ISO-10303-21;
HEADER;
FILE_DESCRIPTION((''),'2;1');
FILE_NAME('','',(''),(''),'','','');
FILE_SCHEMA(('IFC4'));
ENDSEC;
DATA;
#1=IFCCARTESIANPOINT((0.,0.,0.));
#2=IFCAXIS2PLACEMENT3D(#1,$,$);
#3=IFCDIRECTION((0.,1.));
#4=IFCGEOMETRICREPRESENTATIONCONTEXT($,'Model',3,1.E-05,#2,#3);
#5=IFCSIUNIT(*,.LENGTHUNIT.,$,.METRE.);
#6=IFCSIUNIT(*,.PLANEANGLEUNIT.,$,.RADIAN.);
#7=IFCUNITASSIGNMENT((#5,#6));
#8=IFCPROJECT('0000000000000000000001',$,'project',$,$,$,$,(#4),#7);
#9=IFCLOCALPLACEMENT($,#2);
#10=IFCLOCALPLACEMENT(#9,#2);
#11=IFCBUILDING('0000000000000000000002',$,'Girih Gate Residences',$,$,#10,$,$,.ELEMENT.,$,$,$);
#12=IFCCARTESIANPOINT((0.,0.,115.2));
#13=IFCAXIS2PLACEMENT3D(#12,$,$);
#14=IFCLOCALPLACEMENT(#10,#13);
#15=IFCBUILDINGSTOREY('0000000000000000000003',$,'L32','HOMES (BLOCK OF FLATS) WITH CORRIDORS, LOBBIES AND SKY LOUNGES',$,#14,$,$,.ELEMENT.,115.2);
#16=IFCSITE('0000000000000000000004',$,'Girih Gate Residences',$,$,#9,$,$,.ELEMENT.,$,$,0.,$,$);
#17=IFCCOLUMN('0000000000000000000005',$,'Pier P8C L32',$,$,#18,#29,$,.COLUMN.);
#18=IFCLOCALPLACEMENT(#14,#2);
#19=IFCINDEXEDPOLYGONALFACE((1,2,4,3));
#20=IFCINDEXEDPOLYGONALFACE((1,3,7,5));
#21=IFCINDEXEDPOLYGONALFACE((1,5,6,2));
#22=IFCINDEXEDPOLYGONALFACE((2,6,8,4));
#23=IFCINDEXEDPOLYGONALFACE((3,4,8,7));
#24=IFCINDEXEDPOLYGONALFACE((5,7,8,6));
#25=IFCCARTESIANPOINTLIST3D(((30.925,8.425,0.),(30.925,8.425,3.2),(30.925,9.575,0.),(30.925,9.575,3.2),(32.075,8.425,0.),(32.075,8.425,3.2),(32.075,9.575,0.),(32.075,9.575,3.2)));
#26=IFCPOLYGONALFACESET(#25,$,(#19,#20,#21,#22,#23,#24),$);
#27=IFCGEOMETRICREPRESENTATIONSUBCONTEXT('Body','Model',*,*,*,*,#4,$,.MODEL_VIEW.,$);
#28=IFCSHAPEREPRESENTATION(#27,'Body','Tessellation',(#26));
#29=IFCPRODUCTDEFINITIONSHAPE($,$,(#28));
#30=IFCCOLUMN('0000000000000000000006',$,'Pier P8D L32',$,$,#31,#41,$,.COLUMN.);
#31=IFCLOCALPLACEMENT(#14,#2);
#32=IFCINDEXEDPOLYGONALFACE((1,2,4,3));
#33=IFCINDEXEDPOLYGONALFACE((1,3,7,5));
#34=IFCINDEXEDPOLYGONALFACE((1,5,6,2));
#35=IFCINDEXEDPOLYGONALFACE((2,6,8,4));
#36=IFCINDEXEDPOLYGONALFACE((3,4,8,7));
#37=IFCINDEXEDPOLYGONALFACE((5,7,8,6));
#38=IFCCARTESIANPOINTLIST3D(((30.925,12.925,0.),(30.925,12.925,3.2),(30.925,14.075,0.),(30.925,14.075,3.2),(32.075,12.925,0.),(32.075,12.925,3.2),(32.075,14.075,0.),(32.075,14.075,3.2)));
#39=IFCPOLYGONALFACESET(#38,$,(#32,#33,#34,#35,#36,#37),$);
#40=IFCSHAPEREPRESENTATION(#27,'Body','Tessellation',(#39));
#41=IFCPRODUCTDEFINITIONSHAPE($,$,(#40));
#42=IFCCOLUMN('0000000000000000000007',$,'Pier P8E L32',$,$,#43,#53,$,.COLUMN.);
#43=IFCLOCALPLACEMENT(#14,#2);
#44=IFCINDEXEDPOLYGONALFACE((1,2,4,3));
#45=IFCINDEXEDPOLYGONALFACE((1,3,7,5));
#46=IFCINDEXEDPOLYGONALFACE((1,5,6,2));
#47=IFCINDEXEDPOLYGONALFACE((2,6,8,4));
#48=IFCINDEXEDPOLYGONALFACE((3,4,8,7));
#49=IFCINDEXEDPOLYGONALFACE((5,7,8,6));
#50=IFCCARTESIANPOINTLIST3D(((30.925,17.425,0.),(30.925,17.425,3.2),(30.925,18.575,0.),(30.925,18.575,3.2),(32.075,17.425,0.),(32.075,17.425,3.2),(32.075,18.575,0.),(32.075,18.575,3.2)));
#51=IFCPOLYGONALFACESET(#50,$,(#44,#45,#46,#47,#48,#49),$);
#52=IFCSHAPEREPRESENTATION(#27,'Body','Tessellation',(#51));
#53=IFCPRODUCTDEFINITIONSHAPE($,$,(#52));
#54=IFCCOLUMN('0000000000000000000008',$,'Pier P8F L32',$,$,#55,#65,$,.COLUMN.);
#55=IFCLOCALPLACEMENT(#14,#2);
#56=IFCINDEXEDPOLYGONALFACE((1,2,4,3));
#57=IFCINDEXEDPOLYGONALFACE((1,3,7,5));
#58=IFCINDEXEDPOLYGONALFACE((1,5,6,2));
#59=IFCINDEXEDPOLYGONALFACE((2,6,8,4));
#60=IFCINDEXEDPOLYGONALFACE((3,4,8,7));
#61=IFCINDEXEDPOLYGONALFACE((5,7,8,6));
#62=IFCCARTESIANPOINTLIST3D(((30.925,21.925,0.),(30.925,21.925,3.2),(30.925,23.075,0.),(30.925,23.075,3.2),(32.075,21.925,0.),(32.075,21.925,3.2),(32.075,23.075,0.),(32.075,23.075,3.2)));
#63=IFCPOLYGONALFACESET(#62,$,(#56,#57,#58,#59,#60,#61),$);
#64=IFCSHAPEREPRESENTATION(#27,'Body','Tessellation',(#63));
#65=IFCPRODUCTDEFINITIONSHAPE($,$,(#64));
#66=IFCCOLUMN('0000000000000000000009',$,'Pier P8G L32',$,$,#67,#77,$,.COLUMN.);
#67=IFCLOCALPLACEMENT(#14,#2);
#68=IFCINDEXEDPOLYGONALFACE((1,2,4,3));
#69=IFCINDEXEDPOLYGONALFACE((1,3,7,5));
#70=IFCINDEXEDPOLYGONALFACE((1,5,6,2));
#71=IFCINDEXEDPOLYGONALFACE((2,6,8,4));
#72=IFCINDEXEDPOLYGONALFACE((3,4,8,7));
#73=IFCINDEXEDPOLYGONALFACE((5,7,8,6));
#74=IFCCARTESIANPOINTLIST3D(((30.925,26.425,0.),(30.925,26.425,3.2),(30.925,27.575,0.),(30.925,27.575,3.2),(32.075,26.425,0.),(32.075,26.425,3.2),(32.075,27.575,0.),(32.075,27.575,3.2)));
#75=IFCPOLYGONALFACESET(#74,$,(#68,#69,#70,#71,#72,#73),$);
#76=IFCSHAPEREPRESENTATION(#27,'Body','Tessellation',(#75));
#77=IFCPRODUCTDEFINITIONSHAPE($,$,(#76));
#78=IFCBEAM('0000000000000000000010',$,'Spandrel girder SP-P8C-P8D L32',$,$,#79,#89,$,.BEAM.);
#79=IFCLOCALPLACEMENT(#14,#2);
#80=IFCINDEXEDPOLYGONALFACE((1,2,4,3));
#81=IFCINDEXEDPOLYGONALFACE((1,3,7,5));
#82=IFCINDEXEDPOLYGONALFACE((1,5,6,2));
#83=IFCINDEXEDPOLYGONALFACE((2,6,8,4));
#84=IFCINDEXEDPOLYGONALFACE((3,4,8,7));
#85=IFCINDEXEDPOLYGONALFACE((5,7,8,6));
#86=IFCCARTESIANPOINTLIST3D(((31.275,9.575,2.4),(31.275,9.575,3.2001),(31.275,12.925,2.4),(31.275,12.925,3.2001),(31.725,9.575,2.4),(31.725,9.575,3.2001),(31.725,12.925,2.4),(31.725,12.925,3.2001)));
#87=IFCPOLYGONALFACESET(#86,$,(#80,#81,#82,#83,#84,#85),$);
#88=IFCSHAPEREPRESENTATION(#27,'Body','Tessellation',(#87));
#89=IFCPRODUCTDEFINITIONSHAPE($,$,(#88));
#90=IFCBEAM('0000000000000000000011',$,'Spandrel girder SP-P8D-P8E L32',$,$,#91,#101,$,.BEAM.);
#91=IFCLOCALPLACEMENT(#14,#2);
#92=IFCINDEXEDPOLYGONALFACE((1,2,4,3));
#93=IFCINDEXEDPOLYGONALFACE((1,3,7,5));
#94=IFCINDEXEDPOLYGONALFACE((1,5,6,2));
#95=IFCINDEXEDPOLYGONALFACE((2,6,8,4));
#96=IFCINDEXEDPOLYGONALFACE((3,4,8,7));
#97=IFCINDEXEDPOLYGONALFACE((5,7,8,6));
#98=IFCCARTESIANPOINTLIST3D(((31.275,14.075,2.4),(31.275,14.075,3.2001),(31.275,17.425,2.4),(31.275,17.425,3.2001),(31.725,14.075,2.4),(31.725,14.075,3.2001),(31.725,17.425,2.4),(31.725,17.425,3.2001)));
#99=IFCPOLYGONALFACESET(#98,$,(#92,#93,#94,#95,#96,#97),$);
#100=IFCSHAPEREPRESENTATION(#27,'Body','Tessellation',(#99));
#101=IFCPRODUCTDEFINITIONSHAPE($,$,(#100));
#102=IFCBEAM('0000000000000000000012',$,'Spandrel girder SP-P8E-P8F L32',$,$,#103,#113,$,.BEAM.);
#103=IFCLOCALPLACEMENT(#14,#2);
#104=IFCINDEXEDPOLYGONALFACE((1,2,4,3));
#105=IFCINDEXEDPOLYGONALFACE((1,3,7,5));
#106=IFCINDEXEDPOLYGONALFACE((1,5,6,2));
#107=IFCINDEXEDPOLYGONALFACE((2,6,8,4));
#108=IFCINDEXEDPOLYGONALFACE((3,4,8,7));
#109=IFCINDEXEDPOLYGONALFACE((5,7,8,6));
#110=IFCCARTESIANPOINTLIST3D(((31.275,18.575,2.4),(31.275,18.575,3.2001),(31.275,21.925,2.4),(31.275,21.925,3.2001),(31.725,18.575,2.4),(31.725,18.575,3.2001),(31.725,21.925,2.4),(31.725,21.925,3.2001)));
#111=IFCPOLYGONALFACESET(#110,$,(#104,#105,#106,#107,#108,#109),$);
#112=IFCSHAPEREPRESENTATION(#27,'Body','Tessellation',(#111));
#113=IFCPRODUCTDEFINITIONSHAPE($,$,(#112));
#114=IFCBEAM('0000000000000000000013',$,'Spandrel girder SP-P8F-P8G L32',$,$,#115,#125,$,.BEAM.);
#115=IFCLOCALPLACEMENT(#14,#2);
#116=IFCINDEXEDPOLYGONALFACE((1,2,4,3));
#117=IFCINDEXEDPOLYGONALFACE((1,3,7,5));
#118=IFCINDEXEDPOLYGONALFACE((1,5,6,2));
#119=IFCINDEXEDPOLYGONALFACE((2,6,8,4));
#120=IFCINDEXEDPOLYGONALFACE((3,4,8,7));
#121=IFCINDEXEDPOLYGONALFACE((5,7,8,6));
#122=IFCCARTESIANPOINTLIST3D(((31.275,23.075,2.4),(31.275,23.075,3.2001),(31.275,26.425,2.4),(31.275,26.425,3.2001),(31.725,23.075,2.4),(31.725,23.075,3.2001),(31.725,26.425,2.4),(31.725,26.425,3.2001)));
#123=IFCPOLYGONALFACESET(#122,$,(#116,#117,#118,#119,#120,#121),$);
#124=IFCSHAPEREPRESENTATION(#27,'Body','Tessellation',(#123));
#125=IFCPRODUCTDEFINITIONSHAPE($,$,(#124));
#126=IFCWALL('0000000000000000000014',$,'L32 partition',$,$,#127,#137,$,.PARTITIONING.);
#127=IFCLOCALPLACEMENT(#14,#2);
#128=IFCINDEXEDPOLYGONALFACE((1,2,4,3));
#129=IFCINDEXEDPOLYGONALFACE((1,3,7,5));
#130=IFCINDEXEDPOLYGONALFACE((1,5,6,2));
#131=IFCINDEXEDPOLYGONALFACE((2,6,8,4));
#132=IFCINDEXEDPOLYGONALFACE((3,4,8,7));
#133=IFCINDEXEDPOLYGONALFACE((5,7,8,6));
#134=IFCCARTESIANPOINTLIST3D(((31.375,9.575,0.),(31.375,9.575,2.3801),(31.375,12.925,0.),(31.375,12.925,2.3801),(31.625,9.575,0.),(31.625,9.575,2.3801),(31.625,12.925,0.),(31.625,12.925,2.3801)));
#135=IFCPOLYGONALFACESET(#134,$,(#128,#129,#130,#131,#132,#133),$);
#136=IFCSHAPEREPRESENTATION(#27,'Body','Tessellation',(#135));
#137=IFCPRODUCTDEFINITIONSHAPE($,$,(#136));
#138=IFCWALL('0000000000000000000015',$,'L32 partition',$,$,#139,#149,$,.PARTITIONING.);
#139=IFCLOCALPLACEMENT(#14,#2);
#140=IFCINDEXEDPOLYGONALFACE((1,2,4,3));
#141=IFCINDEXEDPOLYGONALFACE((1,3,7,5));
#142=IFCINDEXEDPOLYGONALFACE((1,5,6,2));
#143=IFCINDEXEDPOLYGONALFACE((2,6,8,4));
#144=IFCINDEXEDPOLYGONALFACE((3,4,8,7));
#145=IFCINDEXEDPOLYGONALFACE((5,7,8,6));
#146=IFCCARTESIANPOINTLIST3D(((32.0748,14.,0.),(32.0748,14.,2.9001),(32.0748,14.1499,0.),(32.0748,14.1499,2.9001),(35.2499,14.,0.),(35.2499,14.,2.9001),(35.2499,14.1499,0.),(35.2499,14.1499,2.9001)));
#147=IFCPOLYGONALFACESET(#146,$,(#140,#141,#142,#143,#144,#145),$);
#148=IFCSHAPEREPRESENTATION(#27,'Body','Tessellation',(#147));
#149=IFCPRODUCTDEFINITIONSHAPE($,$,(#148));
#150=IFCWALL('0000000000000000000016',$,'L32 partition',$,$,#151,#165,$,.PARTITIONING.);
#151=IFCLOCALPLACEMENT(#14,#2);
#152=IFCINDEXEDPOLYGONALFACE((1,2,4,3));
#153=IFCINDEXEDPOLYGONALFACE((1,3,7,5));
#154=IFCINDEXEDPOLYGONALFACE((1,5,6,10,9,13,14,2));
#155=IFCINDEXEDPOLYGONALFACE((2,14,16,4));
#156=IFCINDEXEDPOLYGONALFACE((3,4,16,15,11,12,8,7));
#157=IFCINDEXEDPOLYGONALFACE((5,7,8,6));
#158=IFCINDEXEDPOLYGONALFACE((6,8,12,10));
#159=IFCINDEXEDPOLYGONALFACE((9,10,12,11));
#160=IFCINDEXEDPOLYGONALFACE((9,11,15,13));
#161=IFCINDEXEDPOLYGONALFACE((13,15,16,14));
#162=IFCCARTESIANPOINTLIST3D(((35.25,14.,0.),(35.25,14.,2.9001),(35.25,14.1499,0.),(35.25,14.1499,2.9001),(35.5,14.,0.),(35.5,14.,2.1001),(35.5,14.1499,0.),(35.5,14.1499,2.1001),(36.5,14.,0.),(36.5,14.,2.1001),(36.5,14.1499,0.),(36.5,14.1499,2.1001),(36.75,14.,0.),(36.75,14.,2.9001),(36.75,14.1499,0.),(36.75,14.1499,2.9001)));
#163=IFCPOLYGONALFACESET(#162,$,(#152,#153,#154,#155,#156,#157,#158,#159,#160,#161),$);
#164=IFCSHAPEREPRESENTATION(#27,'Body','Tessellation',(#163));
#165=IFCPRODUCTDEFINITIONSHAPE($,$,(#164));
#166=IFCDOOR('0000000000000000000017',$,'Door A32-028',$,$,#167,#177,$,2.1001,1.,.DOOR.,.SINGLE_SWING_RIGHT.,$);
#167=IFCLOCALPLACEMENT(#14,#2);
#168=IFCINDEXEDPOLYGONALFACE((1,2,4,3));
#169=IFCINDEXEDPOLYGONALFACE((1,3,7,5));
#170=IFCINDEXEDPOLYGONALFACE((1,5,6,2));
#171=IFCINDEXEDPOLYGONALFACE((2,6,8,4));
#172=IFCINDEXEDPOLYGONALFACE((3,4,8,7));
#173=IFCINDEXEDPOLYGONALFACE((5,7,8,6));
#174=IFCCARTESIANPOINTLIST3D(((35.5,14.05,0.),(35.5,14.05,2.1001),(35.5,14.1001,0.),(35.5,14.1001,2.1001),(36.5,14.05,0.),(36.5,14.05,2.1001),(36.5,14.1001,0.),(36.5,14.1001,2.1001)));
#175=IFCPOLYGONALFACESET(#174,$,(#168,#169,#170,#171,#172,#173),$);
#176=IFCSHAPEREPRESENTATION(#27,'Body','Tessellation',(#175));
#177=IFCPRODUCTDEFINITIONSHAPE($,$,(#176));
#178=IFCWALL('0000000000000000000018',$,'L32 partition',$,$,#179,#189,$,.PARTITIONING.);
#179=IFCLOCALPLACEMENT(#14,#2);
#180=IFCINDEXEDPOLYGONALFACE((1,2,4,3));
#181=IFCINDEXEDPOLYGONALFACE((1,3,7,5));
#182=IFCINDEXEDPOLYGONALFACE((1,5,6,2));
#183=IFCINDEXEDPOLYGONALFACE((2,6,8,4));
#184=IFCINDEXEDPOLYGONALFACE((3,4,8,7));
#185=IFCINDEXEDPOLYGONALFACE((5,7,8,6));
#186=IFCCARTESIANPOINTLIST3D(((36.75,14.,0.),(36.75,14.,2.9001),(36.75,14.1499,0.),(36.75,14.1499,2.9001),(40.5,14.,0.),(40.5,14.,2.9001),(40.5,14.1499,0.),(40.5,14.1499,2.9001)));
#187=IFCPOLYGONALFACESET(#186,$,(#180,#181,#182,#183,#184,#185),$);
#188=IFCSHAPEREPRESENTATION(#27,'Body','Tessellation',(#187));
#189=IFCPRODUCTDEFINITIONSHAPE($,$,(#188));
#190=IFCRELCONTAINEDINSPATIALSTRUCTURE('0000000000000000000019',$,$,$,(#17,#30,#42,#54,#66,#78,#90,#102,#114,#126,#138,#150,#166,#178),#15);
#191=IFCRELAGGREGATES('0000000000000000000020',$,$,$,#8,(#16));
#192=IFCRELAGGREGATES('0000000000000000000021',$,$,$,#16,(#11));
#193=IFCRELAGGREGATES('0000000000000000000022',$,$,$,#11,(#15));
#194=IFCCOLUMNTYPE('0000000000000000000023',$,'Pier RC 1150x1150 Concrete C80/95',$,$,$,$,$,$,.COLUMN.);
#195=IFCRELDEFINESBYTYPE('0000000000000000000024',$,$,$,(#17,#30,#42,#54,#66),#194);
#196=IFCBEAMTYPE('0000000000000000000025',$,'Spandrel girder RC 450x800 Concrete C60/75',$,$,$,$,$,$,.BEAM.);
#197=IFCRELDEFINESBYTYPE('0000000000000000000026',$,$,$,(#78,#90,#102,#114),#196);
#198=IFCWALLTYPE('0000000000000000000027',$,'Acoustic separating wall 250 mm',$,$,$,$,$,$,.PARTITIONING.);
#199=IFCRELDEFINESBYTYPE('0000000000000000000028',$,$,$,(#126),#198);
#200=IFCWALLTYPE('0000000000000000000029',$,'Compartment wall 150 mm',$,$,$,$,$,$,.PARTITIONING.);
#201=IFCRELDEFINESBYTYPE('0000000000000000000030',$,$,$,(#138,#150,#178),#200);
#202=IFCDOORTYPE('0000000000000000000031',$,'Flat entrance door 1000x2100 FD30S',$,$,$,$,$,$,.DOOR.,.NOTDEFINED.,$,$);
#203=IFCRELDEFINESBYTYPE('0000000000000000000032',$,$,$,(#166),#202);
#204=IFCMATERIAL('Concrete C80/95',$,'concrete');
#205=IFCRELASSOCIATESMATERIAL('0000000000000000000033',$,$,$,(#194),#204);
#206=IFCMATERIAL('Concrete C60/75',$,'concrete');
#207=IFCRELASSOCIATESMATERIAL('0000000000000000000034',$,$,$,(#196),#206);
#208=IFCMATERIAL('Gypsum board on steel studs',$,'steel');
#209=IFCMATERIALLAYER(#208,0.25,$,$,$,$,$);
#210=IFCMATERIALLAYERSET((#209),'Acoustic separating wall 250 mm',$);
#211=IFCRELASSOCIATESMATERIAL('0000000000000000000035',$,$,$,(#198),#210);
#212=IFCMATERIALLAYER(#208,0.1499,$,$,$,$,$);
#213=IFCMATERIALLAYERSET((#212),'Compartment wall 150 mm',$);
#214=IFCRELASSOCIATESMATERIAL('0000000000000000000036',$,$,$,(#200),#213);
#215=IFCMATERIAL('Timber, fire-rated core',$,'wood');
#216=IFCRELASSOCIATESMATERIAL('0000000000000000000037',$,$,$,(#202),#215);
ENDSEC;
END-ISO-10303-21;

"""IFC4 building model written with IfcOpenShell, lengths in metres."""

from ifc_helpers import new_model, si_unit, direction, frame, frame_2d, origin, origin_2d, place, context, subcontext, project, spatial, rectangle, extrude, material, layer, layer_set, material_profile, profile_set, type_object, element, fill, save


model = new_model("IFC4")

# Units and contexts
model_context = context("Model", 3, precision=1e-05, world=origin(), true_north=direction((0.0, 1.0)))
body_context = subcontext(model_context, "Body", "Model", "MODEL_VIEW")
ifc_project = project(units=[si_unit("LENGTHUNIT", "METRE"), si_unit("PLANEANGLEUNIT", "RADIAN")], contexts=[model_context])

# Site, building, storey
site_placement = place(None, origin())
site = spatial("IfcSite", under=ifc_project, at=site_placement, Name="Girih Gate Residences", CompositionType="ELEMENT", RefElevation=0.0)
building_placement = place(site_placement, origin())
building = spatial("IfcBuilding", under=site, at=building_placement, Name="Girih Gate Residences", CompositionType="ELEMENT")
storey_placement = place(building_placement, frame((0.0, 0.0, 115.2)))
storey = spatial("IfcBuildingStorey", under=building, at=storey_placement, Name="L32", Description="HOMES (BLOCK OF FLATS) WITH CORRIDORS, LOBBIES AND SKY LOUNGES", CompositionType="ELEMENT", Elevation=115.2)

# Columns
ifc_material_1 = material(Name="Concrete C80/95", Category="concrete")
ifc_material_profile_1 = material_profile(ifc_material_1, rectangle(XDim=1.1499, YDim=1.1499, at=origin_2d()))
ifc_profile_set_1 = profile_set([ifc_material_profile_1], Name="Concrete C80/95")
column_type = type_object("IfcColumnType", Name="Pier RC 1150x1150 Concrete C80/95", PredefinedType="COLUMN", material=ifc_profile_set_1)
for number, where, z_axis, x_axis, name in (
    (1, (31.5, 9.0, 0.0), (0.0, 0.0, 1.0), (1.0, 0.0, 0.0), "Pier P8C L32"),
    (2, (31.5, 13.5, 0.0), (0.0, 0.0, 1.0), (1.0, 0.0, 0.0), "Pier P8D L32"),
    (3, (31.5, 18.0, 0.0), (0.0, 0.0, 1.0), (1.0, 0.0, 0.0), "Pier P8E L32"),
    (4, (31.5, 22.5, 0.0), (0.0, 0.0, 1.0), (1.0, 0.0, 0.0), "Pier P8F L32"),
    (5, (31.5, 27.0, 0.0), (0.0, 0.0, 1.0), (1.0, 0.0, 0.0), "Pier P8G L32"),
):
    element("IfcColumn", number, at=place(storey_placement, frame(where, z_axis=z_axis, x_axis=x_axis)), inside=storey, type_object=column_type, Name=name, PredefinedType="COLUMN", context=body_context, shape_type="SweptSolid", body=[
        extrude(rectangle(XDim=1.1499, YDim=1.1499, at=origin_2d()), origin(), (0.0, 0.0, 1.0), 3.2),
    ])

# Beams
ifc_material_2 = material(Name="Concrete C60/75", Category="concrete")
ifc_material_profile_2 = material_profile(ifc_material_2, rectangle(XDim=0.45, YDim=0.8, at=origin_2d()))
ifc_profile_set_2 = profile_set([ifc_material_profile_2], Name="Concrete C60/75")
beam_type = type_object("IfcBeamType", Name="Spandrel girder RC 450x800 Concrete C60/75", PredefinedType="BEAM", material=ifc_profile_set_2)
for number, where, z_axis, x_axis, name in (
    (6, (31.5, 9.575, 2.8), (0.0, 1.0, 0.0), (-1.0, 0.0, 0.0), "Spandrel girder SP-P8C-P8D L32"),
    (7, (31.5, 14.075, 2.8), (0.0, 1.0, 0.0), (-1.0, 0.0, 0.0), "Spandrel girder SP-P8D-P8E L32"),
    (8, (31.5, 18.575, 2.8), (0.0, 1.0, 0.0), (-1.0, 0.0, 0.0), "Spandrel girder SP-P8E-P8F L32"),
    (9, (31.5, 23.075, 2.8), (0.0, 1.0, 0.0), (-1.0, 0.0, 0.0), "Spandrel girder SP-P8F-P8G L32"),
):
    element("IfcBeam", number, at=place(storey_placement, frame(where, z_axis=z_axis, x_axis=x_axis)), inside=storey, type_object=beam_type, Name=name, PredefinedType="BEAM", context=body_context, shape_type="SweptSolid", body=[
        extrude(rectangle(XDim=0.45, YDim=0.8, at=origin_2d()), origin(), (0.0, 0.0, 1.0), 3.3501),
    ])

# Walls
ifc_material_3 = material(Name="Gypsum board on steel studs", Category="steel")
ifc_layer_1 = layer(ifc_material_3, 0.25)
ifc_layer_set_1 = layer_set([ifc_layer_1], Name="Acoustic separating wall 250 mm")
wall_type_1 = type_object("IfcWallType", Name="Acoustic separating wall 250 mm", PredefinedType="PARTITIONING", material=ifc_layer_set_1)
wall_1_placement = place(storey_placement, frame((31.5, 9.575, 0.0), z_axis=(0.0, 0.0, 1.0), x_axis=(0.0, 1.0, 0.0)))
element("IfcWall", 10, at=wall_1_placement, inside=storey, type_object=wall_type_1, Name="L32 partition", PredefinedType="PARTITIONING", context=body_context, shape_type="SweptSolid", body=[
    extrude(rectangle(XDim=3.3501, YDim=0.25, at=frame_2d((1.675, 0.0))), origin(), (0.0, 0.0, 1.0), 2.3801),
])
ifc_layer_2 = layer(ifc_material_3, 0.1499)
ifc_layer_set_2 = layer_set([ifc_layer_2], Name="Compartment wall 150 mm")
wall_type_2 = type_object("IfcWallType", Name="Compartment wall 150 mm", PredefinedType="PARTITIONING", material=ifc_layer_set_2)
wall_2_placement = place(storey_placement, frame((32.075, 14.075, 0.0), z_axis=(0.0, 0.0, 1.0), x_axis=(1.0, 0.0, 0.0)))
element("IfcWall", 11, at=wall_2_placement, inside=storey, type_object=wall_type_2, Name="L32 partition", PredefinedType="PARTITIONING", context=body_context, shape_type="SweptSolid", body=[
    extrude(rectangle(XDim=3.175, YDim=0.1499, at=frame_2d((1.5874, 0.0))), origin(), (0.0, 0.0, 1.0), 2.9001),
])

# Wall, opening, door
wall_3_placement = place(storey_placement, frame((36.75, 14.075, 0.0), z_axis=(0.0, 0.0, 1.0), x_axis=(-1.0, 0.0, 0.0)))
wall_3 = element("IfcWall", 12, at=wall_3_placement, inside=storey, type_object=wall_type_2, Name="L32 partition", PredefinedType="PARTITIONING", context=body_context, shape_type="SweptSolid", body=[
    extrude(rectangle(XDim=1.5, YDim=0.1499, at=frame_2d((0.75, 0.0))), origin(), (0.0, 0.0, 1.0), 2.9001),
])
opening_1_placement = place(wall_3_placement, frame((0.25, 0.0, 0.0)))
opening_1 = element("IfcOpeningElement", 13, at=opening_1_placement, cuts=wall_3, PredefinedType="OPENING", context=body_context, shape_type="SweptSolid", body=[
    extrude(rectangle(XDim=1.0, YDim=2.1001, at=frame_2d((0.5, 1.05))), frame((0.0, 0.085, 0.0), z_axis=(0.0, -1.0, 0.0), x_axis=(1.0, 0.0, 0.0)), (0.0, 0.0, 1.0), 0.1699),
])
ifc_material_4 = material(Name="Timber, fire-rated core", Category="wood")
door_type_1 = type_object("IfcDoorType", Name="Flat entrance door 1000x2100 FD30S", OperationType="NOTDEFINED", PredefinedType="DOOR", material=ifc_material_4)
door_1_placement = place(opening_1_placement, origin())
door_1 = element("IfcDoor", 14, at=door_1_placement, inside=storey, type_object=door_type_1, Name="Door A32-028", OperationType="SINGLE_SWING_RIGHT", OverallHeight=2.1001, OverallWidth=1.0, PredefinedType="DOOR", context=body_context, shape_type="SweptSolid", body=[
    extrude(rectangle(XDim=1.0, YDim=2.1001, at=frame_2d((0.5, 1.05))), frame((0.0, 0.0249, 0.0), z_axis=(0.0, -1.0, 0.0), x_axis=(1.0, 0.0, 0.0)), (0.0, 0.0, 1.0), 0.05),
])
fill(opening_1, door_1)

# Wall
wall_4_placement = place(storey_placement, frame((36.75, 14.075, 0.0), z_axis=(0.0, 0.0, 1.0), x_axis=(1.0, 0.0, 0.0)))
element("IfcWall", 15, at=wall_4_placement, inside=storey, type_object=wall_type_2, Name="L32 partition", PredefinedType="PARTITIONING", context=body_context, shape_type="SweptSolid", body=[
    extrude(rectangle(XDim=3.75, YDim=0.1499, at=frame_2d((1.875, 0.0))), origin(), (0.0, 0.0, 1.0), 2.9001),
])

save(model, "model.ifc")
